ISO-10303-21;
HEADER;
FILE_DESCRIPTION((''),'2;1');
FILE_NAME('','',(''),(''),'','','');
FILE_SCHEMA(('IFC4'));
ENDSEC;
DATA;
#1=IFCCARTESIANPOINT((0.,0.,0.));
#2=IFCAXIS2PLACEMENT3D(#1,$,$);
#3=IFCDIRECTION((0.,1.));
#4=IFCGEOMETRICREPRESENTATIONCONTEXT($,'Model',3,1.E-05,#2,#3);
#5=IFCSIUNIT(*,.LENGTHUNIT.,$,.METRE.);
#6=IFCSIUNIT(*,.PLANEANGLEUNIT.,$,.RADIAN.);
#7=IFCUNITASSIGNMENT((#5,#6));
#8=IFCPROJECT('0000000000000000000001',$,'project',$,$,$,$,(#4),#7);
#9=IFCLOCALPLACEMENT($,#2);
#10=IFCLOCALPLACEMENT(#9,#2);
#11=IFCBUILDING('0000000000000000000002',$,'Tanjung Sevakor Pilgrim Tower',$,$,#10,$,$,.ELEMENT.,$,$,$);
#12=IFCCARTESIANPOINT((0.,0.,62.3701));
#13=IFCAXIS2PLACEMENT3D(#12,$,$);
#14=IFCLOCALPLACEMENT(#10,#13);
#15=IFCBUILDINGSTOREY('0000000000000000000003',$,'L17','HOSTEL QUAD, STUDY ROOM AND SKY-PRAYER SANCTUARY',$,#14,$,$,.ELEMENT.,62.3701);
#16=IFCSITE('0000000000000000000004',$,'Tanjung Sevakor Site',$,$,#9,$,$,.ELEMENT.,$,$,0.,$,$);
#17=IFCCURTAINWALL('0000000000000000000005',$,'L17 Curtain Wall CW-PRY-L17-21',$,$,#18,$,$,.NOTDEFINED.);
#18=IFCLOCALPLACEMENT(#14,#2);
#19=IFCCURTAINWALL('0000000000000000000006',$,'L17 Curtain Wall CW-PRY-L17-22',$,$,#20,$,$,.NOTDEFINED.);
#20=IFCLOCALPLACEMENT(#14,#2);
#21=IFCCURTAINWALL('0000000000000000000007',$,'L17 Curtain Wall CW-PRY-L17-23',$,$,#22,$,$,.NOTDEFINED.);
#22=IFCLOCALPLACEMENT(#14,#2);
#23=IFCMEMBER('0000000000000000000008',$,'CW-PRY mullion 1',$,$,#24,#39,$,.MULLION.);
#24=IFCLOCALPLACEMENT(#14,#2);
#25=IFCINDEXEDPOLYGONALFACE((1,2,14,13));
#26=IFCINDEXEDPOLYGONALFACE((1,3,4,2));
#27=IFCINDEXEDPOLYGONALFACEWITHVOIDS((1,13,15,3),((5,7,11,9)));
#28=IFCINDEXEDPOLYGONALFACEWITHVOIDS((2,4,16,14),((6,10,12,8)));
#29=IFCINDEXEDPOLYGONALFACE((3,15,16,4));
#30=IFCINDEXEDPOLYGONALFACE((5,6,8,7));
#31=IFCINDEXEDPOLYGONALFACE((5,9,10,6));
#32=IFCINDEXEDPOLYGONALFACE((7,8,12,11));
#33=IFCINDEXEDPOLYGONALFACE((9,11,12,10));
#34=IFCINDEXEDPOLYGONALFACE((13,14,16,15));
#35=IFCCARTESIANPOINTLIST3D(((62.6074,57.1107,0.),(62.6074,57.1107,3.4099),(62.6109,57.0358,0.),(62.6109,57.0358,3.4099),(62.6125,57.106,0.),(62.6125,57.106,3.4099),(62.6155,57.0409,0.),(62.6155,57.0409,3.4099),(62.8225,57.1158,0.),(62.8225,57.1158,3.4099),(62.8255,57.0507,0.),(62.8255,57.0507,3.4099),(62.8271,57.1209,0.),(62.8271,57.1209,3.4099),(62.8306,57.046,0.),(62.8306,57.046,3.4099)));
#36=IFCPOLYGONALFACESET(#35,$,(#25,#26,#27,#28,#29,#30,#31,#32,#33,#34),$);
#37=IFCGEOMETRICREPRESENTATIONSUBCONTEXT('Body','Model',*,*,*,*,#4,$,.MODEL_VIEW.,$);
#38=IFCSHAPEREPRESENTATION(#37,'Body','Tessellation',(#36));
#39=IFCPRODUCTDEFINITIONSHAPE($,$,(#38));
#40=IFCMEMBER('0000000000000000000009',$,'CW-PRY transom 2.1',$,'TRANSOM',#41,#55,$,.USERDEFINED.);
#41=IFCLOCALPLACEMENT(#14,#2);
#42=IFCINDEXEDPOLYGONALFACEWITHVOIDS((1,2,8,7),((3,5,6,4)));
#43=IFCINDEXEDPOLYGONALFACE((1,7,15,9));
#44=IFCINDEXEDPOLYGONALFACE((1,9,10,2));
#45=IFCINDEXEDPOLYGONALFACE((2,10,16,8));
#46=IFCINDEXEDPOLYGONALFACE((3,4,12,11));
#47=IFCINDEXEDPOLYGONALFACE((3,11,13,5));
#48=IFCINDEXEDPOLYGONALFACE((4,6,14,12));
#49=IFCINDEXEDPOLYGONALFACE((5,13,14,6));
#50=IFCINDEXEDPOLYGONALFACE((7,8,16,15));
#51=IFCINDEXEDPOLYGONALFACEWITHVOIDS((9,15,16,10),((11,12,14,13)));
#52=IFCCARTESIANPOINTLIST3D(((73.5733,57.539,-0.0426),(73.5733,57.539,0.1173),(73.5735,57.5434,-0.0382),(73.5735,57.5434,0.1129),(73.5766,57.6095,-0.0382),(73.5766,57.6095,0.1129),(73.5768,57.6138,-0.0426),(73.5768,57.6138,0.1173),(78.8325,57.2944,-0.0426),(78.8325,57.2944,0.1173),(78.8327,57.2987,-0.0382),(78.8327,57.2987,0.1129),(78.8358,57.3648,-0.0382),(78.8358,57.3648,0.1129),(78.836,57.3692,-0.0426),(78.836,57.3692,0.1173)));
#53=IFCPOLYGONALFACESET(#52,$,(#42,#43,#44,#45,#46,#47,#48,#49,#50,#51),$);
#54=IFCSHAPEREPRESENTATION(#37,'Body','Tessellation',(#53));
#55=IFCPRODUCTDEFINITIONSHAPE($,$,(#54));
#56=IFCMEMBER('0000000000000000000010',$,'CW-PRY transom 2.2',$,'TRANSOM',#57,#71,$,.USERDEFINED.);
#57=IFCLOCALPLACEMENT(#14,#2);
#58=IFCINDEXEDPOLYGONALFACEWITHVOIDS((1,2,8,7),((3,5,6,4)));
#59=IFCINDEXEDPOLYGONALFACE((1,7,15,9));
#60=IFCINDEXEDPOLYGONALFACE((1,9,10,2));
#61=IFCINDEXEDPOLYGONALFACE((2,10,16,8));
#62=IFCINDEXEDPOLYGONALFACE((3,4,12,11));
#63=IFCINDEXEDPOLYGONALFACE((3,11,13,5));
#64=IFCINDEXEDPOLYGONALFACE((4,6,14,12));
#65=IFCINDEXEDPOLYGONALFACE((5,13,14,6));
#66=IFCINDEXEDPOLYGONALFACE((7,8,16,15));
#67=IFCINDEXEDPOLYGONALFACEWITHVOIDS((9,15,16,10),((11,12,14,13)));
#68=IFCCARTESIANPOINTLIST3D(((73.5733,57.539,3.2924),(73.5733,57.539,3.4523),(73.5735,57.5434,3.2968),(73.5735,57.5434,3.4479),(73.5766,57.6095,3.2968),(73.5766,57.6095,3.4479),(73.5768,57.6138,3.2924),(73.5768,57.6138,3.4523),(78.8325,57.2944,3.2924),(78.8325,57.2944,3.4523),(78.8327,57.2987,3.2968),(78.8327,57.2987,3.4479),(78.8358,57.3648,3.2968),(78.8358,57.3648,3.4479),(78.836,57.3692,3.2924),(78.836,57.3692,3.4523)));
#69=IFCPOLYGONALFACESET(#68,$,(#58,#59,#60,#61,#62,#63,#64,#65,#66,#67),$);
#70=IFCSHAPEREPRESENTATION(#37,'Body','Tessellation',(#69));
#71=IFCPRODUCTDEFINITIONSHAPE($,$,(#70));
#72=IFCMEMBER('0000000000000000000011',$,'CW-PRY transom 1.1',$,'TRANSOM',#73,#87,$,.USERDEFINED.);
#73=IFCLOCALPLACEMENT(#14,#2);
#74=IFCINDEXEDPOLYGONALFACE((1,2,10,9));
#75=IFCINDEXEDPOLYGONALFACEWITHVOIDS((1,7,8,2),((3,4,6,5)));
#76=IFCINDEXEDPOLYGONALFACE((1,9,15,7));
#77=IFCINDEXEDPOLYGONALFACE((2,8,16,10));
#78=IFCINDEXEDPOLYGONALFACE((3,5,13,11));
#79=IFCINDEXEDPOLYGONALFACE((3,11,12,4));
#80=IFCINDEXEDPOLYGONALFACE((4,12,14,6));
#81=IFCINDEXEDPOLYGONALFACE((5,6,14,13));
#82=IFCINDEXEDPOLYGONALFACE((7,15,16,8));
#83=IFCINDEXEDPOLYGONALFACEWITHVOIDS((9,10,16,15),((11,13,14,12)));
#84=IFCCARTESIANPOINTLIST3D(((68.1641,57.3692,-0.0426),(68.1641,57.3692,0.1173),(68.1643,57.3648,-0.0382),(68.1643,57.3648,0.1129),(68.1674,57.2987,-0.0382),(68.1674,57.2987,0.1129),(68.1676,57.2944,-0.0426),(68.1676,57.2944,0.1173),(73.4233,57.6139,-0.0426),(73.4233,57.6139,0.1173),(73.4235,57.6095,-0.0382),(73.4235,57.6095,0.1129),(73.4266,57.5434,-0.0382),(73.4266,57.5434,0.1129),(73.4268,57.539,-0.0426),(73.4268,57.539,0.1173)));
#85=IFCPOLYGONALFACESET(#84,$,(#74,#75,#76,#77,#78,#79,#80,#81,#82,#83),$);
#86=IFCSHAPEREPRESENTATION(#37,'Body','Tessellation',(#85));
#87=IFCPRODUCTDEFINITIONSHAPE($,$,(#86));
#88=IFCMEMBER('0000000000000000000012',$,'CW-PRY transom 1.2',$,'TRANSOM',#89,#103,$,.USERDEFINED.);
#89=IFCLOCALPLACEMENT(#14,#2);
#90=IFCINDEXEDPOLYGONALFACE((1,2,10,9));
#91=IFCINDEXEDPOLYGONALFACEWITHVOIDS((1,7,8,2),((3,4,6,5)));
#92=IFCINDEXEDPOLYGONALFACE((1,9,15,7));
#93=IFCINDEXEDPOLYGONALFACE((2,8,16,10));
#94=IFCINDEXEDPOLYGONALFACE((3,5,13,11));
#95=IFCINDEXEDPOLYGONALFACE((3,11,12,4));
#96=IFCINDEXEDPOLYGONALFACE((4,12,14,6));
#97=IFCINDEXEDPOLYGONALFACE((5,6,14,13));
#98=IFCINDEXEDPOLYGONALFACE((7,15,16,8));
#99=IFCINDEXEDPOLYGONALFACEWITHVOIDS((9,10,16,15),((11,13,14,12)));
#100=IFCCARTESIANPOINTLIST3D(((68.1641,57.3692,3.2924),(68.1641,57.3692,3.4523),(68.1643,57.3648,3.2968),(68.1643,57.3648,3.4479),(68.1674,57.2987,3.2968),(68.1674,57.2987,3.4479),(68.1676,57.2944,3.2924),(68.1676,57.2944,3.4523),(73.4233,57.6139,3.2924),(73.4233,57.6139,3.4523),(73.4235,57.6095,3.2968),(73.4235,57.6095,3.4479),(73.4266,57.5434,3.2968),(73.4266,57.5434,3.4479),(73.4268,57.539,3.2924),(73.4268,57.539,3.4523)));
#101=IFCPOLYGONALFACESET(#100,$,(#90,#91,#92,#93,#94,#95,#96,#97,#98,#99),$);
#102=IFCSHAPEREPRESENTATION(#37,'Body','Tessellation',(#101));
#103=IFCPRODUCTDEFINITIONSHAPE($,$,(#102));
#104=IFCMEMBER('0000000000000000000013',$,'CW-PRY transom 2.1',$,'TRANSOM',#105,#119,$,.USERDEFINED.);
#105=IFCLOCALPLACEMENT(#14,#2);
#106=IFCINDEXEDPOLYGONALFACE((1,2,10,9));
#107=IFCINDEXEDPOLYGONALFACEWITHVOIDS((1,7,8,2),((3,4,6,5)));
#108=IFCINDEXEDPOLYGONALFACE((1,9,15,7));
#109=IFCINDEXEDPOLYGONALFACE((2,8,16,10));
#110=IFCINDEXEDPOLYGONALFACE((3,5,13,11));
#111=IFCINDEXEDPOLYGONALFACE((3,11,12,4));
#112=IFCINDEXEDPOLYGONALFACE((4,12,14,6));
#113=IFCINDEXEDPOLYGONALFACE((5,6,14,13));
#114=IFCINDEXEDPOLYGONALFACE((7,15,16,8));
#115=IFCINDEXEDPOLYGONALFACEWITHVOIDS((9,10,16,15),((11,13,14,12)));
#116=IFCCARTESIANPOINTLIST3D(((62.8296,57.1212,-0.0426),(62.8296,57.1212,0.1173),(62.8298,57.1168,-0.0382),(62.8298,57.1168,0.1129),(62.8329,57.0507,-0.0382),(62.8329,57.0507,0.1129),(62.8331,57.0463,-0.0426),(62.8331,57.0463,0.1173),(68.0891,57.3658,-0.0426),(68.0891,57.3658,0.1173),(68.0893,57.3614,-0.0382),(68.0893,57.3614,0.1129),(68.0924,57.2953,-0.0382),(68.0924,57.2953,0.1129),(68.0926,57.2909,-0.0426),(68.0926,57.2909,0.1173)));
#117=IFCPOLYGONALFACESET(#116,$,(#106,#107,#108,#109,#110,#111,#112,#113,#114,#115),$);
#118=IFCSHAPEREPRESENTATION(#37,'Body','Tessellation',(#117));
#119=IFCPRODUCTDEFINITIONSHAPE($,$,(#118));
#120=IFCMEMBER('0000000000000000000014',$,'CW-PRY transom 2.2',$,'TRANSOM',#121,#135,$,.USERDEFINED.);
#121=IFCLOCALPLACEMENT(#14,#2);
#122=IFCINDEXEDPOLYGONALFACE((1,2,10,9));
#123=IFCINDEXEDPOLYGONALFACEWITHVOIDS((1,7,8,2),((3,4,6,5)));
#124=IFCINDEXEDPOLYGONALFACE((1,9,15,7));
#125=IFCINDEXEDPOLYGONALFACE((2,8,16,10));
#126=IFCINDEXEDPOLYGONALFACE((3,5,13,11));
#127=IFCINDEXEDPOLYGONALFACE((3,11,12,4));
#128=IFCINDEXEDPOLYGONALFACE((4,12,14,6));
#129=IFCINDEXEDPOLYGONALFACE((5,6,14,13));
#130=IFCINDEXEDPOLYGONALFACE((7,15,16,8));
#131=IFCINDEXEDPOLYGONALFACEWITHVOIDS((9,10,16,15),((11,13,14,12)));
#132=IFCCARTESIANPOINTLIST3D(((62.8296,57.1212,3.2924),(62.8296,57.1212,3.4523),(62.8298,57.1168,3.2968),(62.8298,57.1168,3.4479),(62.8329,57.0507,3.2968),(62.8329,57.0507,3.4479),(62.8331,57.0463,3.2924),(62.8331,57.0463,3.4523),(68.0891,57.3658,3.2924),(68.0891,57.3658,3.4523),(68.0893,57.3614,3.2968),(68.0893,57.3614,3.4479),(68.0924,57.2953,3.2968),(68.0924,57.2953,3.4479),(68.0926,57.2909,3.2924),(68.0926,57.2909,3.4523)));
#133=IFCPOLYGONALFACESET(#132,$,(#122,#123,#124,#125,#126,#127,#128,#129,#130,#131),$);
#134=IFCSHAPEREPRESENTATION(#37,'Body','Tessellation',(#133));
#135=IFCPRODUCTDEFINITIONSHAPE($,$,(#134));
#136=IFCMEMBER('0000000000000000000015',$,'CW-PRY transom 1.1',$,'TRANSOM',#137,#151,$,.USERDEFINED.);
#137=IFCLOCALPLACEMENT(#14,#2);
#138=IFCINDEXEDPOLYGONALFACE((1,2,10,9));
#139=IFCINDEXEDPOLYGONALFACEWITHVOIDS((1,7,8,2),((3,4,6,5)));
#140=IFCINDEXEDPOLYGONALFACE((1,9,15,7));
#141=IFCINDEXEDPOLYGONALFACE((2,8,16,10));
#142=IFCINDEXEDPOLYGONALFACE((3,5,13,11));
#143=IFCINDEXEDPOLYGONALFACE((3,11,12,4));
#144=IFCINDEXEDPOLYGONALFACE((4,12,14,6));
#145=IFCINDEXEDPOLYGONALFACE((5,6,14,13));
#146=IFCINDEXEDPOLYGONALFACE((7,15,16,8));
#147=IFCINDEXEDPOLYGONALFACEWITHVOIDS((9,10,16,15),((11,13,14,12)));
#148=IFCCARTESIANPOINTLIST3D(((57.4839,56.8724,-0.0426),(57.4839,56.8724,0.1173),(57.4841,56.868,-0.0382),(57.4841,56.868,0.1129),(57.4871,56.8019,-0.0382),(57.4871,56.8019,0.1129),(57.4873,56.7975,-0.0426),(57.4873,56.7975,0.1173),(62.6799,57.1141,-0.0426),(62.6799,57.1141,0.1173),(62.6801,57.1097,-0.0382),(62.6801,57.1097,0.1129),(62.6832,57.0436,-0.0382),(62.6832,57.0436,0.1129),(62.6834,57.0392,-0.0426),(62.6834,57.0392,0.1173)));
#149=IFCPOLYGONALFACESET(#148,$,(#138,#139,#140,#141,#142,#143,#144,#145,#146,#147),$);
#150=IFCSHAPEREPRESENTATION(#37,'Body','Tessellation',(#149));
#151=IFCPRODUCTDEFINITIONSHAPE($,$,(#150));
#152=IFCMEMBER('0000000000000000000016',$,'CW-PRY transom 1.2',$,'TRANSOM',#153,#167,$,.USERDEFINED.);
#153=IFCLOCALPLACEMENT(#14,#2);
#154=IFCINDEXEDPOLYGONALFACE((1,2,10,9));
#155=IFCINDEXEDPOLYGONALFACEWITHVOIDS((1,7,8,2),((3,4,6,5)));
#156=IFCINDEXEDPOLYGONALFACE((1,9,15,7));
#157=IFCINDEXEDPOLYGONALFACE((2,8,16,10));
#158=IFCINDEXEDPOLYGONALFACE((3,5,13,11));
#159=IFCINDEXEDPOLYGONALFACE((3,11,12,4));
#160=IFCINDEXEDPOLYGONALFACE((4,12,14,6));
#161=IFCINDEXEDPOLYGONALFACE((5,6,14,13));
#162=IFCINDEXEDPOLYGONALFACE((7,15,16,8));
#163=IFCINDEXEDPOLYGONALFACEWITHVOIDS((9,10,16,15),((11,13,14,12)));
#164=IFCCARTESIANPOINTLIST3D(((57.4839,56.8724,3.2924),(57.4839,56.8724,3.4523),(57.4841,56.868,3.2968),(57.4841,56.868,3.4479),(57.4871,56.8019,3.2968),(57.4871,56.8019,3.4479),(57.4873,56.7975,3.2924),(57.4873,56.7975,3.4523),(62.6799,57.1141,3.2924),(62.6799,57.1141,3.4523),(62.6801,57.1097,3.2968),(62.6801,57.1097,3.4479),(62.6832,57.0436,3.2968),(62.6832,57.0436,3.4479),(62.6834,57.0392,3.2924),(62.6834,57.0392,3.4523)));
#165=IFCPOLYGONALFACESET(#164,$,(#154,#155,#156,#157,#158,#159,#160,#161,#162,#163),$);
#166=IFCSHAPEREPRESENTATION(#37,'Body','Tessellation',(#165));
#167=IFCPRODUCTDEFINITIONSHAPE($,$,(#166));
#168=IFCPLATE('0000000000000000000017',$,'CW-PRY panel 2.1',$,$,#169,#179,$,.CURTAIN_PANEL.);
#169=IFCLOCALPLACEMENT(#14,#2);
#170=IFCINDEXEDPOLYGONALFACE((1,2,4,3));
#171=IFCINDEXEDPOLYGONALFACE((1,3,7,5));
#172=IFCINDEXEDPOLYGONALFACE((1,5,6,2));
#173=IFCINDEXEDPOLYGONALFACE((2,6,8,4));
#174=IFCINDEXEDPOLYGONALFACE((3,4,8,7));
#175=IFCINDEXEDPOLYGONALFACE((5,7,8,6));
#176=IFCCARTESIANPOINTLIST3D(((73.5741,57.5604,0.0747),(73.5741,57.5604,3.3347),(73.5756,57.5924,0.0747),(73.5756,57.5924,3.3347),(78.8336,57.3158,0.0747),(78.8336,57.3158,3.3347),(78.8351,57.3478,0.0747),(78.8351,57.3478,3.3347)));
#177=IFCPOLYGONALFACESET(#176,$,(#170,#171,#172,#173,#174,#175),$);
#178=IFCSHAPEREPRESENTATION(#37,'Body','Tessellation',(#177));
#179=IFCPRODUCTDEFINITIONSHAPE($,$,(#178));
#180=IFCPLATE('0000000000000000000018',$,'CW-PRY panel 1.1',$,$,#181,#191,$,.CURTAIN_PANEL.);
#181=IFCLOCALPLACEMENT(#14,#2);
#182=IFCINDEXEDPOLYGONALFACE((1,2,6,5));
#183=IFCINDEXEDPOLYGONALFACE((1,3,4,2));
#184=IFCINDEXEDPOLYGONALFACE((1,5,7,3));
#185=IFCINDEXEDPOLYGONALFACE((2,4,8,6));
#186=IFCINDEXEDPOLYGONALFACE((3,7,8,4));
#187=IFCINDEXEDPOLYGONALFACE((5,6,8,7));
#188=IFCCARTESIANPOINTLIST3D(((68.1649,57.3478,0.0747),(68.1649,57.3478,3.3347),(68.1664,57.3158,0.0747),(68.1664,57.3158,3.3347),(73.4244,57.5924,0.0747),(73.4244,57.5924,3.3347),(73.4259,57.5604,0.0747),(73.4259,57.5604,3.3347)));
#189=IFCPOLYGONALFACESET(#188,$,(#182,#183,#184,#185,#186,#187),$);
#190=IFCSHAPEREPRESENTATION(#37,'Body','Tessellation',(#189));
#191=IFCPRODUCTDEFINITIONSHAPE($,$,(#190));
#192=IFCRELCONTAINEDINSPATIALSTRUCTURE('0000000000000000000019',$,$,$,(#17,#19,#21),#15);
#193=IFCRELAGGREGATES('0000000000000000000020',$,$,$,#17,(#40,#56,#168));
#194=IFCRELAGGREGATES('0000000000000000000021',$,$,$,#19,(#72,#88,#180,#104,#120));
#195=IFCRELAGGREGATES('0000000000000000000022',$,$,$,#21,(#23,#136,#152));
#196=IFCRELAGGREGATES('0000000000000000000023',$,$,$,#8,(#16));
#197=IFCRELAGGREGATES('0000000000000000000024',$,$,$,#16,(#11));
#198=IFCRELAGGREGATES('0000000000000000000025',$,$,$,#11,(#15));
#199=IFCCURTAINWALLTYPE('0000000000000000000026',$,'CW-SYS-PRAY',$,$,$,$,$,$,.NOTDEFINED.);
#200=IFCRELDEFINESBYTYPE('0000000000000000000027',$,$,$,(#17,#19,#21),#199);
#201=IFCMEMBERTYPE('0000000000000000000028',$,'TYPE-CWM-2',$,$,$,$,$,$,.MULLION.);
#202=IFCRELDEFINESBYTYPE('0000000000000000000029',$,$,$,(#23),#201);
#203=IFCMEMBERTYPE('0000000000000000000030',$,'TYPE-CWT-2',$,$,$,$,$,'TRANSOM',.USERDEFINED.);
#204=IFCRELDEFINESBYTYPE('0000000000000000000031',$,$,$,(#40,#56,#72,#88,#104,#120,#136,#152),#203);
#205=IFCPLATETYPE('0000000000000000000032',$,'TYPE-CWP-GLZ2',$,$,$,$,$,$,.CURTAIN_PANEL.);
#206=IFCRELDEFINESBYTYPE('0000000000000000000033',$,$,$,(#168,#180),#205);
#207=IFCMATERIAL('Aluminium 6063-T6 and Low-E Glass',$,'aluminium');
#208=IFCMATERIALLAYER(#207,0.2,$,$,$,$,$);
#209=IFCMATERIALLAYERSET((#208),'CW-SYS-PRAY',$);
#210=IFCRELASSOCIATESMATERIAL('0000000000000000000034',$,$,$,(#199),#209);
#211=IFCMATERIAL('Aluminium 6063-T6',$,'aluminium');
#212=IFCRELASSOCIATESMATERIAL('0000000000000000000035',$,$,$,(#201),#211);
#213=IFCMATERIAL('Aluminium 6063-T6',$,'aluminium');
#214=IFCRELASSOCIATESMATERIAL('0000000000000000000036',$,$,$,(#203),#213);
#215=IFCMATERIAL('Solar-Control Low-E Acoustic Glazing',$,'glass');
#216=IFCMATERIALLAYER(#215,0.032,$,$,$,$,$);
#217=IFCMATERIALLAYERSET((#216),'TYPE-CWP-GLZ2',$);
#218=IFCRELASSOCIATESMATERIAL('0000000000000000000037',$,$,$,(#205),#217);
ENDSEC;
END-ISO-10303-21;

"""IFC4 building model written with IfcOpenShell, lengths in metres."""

from ifc_helpers import new_model, si_unit, direction, frame, origin, origin_2d, place, context, subcontext, project, spatial, rectangle, hollow_rectangle, extrude, material, layer, layer_set, material_profile, profile_set, type_object, element, aggregate, save


model = new_model("IFC4")

# Units and contexts
model_context = context("Model", 3, precision=1e-05, world=origin(), true_north=direction((0.0, 1.0)))
body_context = subcontext(model_context, "Body", "Model", "MODEL_VIEW")
ifc_project = project(units=[si_unit("LENGTHUNIT", "METRE"), si_unit("PLANEANGLEUNIT", "RADIAN")], contexts=[model_context])

# Site, building, storey
site_placement = place(None, origin())
site = spatial("IfcSite", under=ifc_project, at=site_placement, Name="Tanjung Sevakor Site", CompositionType="ELEMENT", RefElevation=0.0)
building_placement = place(site_placement, origin())
building = spatial("IfcBuilding", under=site, at=building_placement, Name="Tanjung Sevakor Pilgrim Tower", CompositionType="ELEMENT")
storey_placement = place(building_placement, frame((0.0, 0.0, 62.3701)))
storey = spatial("IfcBuildingStorey", under=building, at=storey_placement, Name="L17", Description="HOSTEL QUAD, STUDY ROOM AND SKY-PRAYER SANCTUARY", CompositionType="ELEMENT", Elevation=62.3701)

# Curtain walls
ifc_material_1 = material(Name="Aluminium 6063-T6 and Low-E Glass", Category="aluminium")
ifc_layer_1 = layer(ifc_material_1, 0.2)
ifc_layer_set_1 = layer_set([ifc_layer_1], Name="CW-SYS-PRAY")
curtain_wall_type = type_object("IfcCurtainWallType", Name="CW-SYS-PRAY", PredefinedType="NOTDEFINED", material=ifc_layer_set_1)
curtain_wall_1_placement = place(storey_placement, origin())
curtain_wall_1 = element("IfcCurtainWall", 1, at=curtain_wall_1_placement, inside=storey, type_object=curtain_wall_type, Name="L17 Curtain Wall CW-PRY-L17-21", PredefinedType="NOTDEFINED")
ifc_material_2 = material(Name="Aluminium 6063-T6", Category="aluminium")
ifc_material_profile_1 = material_profile(ifc_material_2, hollow_rectangle(XDim=0.075, YDim=0.22, WallThickness=0.0049, at=origin_2d()))
ifc_profile_set_1 = profile_set([ifc_material_profile_1], Name="Aluminium 6063-T6")
member_type_1 = type_object("IfcMemberType", Name="TYPE-CWM-2", PredefinedType="MULLION", material=ifc_profile_set_1)
curtain_wall_2_placement = place(storey_placement, origin())
curtain_wall_2 = element("IfcCurtainWall", 2, at=curtain_wall_2_placement, inside=storey, type_object=curtain_wall_type, Name="L17 Curtain Wall CW-PRY-L17-22", PredefinedType="NOTDEFINED")

# Curtain wall, member
curtain_wall_3_placement = place(storey_placement, origin())
curtain_wall_3 = element("IfcCurtainWall", 3, at=curtain_wall_3_placement, inside=storey, type_object=curtain_wall_type, Name="L17 Curtain Wall CW-PRY-L17-23", PredefinedType="NOTDEFINED")
member_1_placement = place(storey_placement, frame((62.719, 57.0784, 0.0), z_axis=(0.0, 0.0, 1.0), x_axis=(0.046462, -0.99892, 0.0)))
member_1 = element("IfcMember", 4, at=member_1_placement, type_object=member_type_1, Name="CW-PRY mullion 1", PredefinedType="MULLION", context=body_context, shape_type="SweptSolid", body=[
    extrude(hollow_rectangle(XDim=0.075, YDim=0.22, WallThickness=0.0049, at=origin_2d()), origin(), (0.0, 0.0, 1.0), 3.4099),
])

# Members
ifc_material_3 = material(Name="Aluminium 6063-T6", Category="aluminium")
ifc_material_profile_2 = material_profile(ifc_material_3, hollow_rectangle(XDim=0.075, YDim=0.1599, WallThickness=0.0044, at=origin_2d()))
ifc_profile_set_2 = profile_set([ifc_material_profile_2], Name="Aluminium 6063-T6")
member_type_2 = type_object("IfcMemberType", Name="TYPE-CWT-2", ElementType="TRANSOM", PredefinedType="USERDEFINED", material=ifc_profile_set_2)
member_2_placement = place(storey_placement, frame((78.8342, 57.3318, 0.0374), z_axis=(-0.99892, 0.046464, 0.0), x_axis=(-0.046464, -0.99892, 0.0)))
member_2 = element("IfcMember", 5, at=member_2_placement, type_object=member_type_2, Name="CW-PRY transom 2.1", ObjectType="TRANSOM", PredefinedType="USERDEFINED", context=body_context, shape_type="SweptSolid", body=[
    extrude(hollow_rectangle(XDim=0.075, YDim=0.1599, WallThickness=0.0044, at=origin_2d()), origin(), (0.0, 0.0, 1.0), 5.2649),
])
member_3_placement = place(storey_placement, frame((78.8342, 57.3318, 3.3723), z_axis=(-0.99892, 0.046464, 0.0), x_axis=(-0.046464, -0.99892, 0.0)))
member_3 = element("IfcMember", 6, at=member_3_placement, type_object=member_type_2, Name="CW-PRY transom 2.2", ObjectType="TRANSOM", PredefinedType="USERDEFINED", context=body_context, shape_type="SweptSolid", body=[
    extrude(hollow_rectangle(XDim=0.075, YDim=0.1599, WallThickness=0.0044, at=origin_2d()), origin(), (0.0, 0.0, 1.0), 5.2649),
])
member_4_placement = place(storey_placement, frame((73.425, 57.5764, 0.0374), z_axis=(-0.99892, -0.046464, 0.0), x_axis=(0.046464, -0.99892, 0.0)))
member_4 = element("IfcMember", 7, at=member_4_placement, type_object=member_type_2, Name="CW-PRY transom 1.1", ObjectType="TRANSOM", PredefinedType="USERDEFINED", context=body_context, shape_type="SweptSolid", body=[
    extrude(hollow_rectangle(XDim=0.075, YDim=0.1599, WallThickness=0.0044, at=origin_2d()), origin(), (0.0, 0.0, 1.0), 5.2649),
])
member_5_placement = place(storey_placement, frame((73.425, 57.5764, 3.3723), z_axis=(-0.99892, -0.046464, 0.0), x_axis=(0.046464, -0.99892, 0.0)))
member_5 = element("IfcMember", 8, at=member_5_placement, type_object=member_type_2, Name="CW-PRY transom 1.2", ObjectType="TRANSOM", PredefinedType="USERDEFINED", context=body_context, shape_type="SweptSolid", body=[
    extrude(hollow_rectangle(XDim=0.075, YDim=0.1599, WallThickness=0.0044, at=origin_2d()), origin(), (0.0, 0.0, 1.0), 5.2649),
])
member_6_placement = place(storey_placement, frame((68.0908, 57.3284, 0.0374), z_axis=(-0.99892, -0.046461, 0.0), x_axis=(0.046461, -0.99892, 0.0)))
member_6 = element("IfcMember", 9, at=member_6_placement, type_object=member_type_2, Name="CW-PRY transom 2.1", ObjectType="TRANSOM", PredefinedType="USERDEFINED", context=body_context, shape_type="SweptSolid", body=[
    extrude(hollow_rectangle(XDim=0.075, YDim=0.1599, WallThickness=0.0044, at=origin_2d()), origin(), (0.0, 0.0, 1.0), 5.2651),
])
member_7_placement = place(storey_placement, frame((68.0908, 57.3284, 3.3723), z_axis=(-0.99892, -0.046461, 0.0), x_axis=(0.046461, -0.99892, 0.0)))
member_7 = element("IfcMember", 10, at=member_7_placement, type_object=member_type_2, Name="CW-PRY transom 2.2", ObjectType="TRANSOM", PredefinedType="USERDEFINED", context=body_context, shape_type="SweptSolid", body=[
    extrude(hollow_rectangle(XDim=0.075, YDim=0.1599, WallThickness=0.0044, at=origin_2d()), origin(), (0.0, 0.0, 1.0), 5.2651),
])
member_8_placement = place(storey_placement, frame((62.6816, 57.0767, 0.0374), z_axis=(-0.99892, -0.046466, 0.0), x_axis=(0.046466, -0.99892, 0.0)))
member_8 = element("IfcMember", 11, at=member_8_placement, type_object=member_type_2, Name="CW-PRY transom 1.1", ObjectType="TRANSOM", PredefinedType="USERDEFINED", context=body_context, shape_type="SweptSolid", body=[
    extrude(hollow_rectangle(XDim=0.075, YDim=0.1599, WallThickness=0.0044, at=origin_2d()), origin(), (0.0, 0.0, 1.0), 5.2017),
])
member_9_placement = place(storey_placement, frame((62.6816, 57.0767, 3.3723), z_axis=(-0.99892, -0.046466, 0.0), x_axis=(0.046466, -0.99892, 0.0)))
member_9 = element("IfcMember", 12, at=member_9_placement, type_object=member_type_2, Name="CW-PRY transom 1.2", ObjectType="TRANSOM", PredefinedType="USERDEFINED", context=body_context, shape_type="SweptSolid", body=[
    extrude(hollow_rectangle(XDim=0.075, YDim=0.1599, WallThickness=0.0044, at=origin_2d()), origin(), (0.0, 0.0, 1.0), 5.2017),
])

# Plates
ifc_material_4 = material(Name="Solar-Control Low-E Acoustic Glazing", Category="glass")
ifc_layer_2 = layer(ifc_material_4, 0.032)
ifc_layer_set_2 = layer_set([ifc_layer_2], Name="TYPE-CWP-GLZ2")
plate_type = type_object("IfcPlateType", Name="TYPE-CWP-GLZ2", PredefinedType="CURTAIN_PANEL", material=ifc_layer_set_2)
plate_1_placement = place(storey_placement, frame((76.2046, 57.4541, 0.0747), z_axis=(0.0, 0.0, 1.0), x_axis=(-0.998921, 0.046452, 0.0)))
plate_1 = element("IfcPlate", 13, at=plate_1_placement, type_object=plate_type, Name="CW-PRY panel 2.1", PredefinedType="CURTAIN_PANEL", context=body_context, shape_type="SweptSolid", body=[
    extrude(rectangle(XDim=5.2651, YDim=0.032, at=origin_2d()), origin(), (0.0, 0.0, 1.0), 3.26),
])
aggregate(curtain_wall_1, [member_2, member_3, plate_1])
plate_2_placement = place(storey_placement, frame((70.7954, 57.4541, 0.0747), z_axis=(0.0, 0.0, 1.0), x_axis=(-0.998921, -0.046452, 0.0)))
plate_2 = element("IfcPlate", 14, at=plate_2_placement, type_object=plate_type, Name="CW-PRY panel 1.1", PredefinedType="CURTAIN_PANEL", context=body_context, shape_type="SweptSolid", body=[
    extrude(rectangle(XDim=5.2651, YDim=0.032, at=origin_2d()), origin(), (0.0, 0.0, 1.0), 3.26),
])
aggregate(curtain_wall_2, [member_4, member_5, plate_2, member_6, member_7])
aggregate(curtain_wall_3, [member_1, member_8, member_9])

save(model, "model.ifc")
